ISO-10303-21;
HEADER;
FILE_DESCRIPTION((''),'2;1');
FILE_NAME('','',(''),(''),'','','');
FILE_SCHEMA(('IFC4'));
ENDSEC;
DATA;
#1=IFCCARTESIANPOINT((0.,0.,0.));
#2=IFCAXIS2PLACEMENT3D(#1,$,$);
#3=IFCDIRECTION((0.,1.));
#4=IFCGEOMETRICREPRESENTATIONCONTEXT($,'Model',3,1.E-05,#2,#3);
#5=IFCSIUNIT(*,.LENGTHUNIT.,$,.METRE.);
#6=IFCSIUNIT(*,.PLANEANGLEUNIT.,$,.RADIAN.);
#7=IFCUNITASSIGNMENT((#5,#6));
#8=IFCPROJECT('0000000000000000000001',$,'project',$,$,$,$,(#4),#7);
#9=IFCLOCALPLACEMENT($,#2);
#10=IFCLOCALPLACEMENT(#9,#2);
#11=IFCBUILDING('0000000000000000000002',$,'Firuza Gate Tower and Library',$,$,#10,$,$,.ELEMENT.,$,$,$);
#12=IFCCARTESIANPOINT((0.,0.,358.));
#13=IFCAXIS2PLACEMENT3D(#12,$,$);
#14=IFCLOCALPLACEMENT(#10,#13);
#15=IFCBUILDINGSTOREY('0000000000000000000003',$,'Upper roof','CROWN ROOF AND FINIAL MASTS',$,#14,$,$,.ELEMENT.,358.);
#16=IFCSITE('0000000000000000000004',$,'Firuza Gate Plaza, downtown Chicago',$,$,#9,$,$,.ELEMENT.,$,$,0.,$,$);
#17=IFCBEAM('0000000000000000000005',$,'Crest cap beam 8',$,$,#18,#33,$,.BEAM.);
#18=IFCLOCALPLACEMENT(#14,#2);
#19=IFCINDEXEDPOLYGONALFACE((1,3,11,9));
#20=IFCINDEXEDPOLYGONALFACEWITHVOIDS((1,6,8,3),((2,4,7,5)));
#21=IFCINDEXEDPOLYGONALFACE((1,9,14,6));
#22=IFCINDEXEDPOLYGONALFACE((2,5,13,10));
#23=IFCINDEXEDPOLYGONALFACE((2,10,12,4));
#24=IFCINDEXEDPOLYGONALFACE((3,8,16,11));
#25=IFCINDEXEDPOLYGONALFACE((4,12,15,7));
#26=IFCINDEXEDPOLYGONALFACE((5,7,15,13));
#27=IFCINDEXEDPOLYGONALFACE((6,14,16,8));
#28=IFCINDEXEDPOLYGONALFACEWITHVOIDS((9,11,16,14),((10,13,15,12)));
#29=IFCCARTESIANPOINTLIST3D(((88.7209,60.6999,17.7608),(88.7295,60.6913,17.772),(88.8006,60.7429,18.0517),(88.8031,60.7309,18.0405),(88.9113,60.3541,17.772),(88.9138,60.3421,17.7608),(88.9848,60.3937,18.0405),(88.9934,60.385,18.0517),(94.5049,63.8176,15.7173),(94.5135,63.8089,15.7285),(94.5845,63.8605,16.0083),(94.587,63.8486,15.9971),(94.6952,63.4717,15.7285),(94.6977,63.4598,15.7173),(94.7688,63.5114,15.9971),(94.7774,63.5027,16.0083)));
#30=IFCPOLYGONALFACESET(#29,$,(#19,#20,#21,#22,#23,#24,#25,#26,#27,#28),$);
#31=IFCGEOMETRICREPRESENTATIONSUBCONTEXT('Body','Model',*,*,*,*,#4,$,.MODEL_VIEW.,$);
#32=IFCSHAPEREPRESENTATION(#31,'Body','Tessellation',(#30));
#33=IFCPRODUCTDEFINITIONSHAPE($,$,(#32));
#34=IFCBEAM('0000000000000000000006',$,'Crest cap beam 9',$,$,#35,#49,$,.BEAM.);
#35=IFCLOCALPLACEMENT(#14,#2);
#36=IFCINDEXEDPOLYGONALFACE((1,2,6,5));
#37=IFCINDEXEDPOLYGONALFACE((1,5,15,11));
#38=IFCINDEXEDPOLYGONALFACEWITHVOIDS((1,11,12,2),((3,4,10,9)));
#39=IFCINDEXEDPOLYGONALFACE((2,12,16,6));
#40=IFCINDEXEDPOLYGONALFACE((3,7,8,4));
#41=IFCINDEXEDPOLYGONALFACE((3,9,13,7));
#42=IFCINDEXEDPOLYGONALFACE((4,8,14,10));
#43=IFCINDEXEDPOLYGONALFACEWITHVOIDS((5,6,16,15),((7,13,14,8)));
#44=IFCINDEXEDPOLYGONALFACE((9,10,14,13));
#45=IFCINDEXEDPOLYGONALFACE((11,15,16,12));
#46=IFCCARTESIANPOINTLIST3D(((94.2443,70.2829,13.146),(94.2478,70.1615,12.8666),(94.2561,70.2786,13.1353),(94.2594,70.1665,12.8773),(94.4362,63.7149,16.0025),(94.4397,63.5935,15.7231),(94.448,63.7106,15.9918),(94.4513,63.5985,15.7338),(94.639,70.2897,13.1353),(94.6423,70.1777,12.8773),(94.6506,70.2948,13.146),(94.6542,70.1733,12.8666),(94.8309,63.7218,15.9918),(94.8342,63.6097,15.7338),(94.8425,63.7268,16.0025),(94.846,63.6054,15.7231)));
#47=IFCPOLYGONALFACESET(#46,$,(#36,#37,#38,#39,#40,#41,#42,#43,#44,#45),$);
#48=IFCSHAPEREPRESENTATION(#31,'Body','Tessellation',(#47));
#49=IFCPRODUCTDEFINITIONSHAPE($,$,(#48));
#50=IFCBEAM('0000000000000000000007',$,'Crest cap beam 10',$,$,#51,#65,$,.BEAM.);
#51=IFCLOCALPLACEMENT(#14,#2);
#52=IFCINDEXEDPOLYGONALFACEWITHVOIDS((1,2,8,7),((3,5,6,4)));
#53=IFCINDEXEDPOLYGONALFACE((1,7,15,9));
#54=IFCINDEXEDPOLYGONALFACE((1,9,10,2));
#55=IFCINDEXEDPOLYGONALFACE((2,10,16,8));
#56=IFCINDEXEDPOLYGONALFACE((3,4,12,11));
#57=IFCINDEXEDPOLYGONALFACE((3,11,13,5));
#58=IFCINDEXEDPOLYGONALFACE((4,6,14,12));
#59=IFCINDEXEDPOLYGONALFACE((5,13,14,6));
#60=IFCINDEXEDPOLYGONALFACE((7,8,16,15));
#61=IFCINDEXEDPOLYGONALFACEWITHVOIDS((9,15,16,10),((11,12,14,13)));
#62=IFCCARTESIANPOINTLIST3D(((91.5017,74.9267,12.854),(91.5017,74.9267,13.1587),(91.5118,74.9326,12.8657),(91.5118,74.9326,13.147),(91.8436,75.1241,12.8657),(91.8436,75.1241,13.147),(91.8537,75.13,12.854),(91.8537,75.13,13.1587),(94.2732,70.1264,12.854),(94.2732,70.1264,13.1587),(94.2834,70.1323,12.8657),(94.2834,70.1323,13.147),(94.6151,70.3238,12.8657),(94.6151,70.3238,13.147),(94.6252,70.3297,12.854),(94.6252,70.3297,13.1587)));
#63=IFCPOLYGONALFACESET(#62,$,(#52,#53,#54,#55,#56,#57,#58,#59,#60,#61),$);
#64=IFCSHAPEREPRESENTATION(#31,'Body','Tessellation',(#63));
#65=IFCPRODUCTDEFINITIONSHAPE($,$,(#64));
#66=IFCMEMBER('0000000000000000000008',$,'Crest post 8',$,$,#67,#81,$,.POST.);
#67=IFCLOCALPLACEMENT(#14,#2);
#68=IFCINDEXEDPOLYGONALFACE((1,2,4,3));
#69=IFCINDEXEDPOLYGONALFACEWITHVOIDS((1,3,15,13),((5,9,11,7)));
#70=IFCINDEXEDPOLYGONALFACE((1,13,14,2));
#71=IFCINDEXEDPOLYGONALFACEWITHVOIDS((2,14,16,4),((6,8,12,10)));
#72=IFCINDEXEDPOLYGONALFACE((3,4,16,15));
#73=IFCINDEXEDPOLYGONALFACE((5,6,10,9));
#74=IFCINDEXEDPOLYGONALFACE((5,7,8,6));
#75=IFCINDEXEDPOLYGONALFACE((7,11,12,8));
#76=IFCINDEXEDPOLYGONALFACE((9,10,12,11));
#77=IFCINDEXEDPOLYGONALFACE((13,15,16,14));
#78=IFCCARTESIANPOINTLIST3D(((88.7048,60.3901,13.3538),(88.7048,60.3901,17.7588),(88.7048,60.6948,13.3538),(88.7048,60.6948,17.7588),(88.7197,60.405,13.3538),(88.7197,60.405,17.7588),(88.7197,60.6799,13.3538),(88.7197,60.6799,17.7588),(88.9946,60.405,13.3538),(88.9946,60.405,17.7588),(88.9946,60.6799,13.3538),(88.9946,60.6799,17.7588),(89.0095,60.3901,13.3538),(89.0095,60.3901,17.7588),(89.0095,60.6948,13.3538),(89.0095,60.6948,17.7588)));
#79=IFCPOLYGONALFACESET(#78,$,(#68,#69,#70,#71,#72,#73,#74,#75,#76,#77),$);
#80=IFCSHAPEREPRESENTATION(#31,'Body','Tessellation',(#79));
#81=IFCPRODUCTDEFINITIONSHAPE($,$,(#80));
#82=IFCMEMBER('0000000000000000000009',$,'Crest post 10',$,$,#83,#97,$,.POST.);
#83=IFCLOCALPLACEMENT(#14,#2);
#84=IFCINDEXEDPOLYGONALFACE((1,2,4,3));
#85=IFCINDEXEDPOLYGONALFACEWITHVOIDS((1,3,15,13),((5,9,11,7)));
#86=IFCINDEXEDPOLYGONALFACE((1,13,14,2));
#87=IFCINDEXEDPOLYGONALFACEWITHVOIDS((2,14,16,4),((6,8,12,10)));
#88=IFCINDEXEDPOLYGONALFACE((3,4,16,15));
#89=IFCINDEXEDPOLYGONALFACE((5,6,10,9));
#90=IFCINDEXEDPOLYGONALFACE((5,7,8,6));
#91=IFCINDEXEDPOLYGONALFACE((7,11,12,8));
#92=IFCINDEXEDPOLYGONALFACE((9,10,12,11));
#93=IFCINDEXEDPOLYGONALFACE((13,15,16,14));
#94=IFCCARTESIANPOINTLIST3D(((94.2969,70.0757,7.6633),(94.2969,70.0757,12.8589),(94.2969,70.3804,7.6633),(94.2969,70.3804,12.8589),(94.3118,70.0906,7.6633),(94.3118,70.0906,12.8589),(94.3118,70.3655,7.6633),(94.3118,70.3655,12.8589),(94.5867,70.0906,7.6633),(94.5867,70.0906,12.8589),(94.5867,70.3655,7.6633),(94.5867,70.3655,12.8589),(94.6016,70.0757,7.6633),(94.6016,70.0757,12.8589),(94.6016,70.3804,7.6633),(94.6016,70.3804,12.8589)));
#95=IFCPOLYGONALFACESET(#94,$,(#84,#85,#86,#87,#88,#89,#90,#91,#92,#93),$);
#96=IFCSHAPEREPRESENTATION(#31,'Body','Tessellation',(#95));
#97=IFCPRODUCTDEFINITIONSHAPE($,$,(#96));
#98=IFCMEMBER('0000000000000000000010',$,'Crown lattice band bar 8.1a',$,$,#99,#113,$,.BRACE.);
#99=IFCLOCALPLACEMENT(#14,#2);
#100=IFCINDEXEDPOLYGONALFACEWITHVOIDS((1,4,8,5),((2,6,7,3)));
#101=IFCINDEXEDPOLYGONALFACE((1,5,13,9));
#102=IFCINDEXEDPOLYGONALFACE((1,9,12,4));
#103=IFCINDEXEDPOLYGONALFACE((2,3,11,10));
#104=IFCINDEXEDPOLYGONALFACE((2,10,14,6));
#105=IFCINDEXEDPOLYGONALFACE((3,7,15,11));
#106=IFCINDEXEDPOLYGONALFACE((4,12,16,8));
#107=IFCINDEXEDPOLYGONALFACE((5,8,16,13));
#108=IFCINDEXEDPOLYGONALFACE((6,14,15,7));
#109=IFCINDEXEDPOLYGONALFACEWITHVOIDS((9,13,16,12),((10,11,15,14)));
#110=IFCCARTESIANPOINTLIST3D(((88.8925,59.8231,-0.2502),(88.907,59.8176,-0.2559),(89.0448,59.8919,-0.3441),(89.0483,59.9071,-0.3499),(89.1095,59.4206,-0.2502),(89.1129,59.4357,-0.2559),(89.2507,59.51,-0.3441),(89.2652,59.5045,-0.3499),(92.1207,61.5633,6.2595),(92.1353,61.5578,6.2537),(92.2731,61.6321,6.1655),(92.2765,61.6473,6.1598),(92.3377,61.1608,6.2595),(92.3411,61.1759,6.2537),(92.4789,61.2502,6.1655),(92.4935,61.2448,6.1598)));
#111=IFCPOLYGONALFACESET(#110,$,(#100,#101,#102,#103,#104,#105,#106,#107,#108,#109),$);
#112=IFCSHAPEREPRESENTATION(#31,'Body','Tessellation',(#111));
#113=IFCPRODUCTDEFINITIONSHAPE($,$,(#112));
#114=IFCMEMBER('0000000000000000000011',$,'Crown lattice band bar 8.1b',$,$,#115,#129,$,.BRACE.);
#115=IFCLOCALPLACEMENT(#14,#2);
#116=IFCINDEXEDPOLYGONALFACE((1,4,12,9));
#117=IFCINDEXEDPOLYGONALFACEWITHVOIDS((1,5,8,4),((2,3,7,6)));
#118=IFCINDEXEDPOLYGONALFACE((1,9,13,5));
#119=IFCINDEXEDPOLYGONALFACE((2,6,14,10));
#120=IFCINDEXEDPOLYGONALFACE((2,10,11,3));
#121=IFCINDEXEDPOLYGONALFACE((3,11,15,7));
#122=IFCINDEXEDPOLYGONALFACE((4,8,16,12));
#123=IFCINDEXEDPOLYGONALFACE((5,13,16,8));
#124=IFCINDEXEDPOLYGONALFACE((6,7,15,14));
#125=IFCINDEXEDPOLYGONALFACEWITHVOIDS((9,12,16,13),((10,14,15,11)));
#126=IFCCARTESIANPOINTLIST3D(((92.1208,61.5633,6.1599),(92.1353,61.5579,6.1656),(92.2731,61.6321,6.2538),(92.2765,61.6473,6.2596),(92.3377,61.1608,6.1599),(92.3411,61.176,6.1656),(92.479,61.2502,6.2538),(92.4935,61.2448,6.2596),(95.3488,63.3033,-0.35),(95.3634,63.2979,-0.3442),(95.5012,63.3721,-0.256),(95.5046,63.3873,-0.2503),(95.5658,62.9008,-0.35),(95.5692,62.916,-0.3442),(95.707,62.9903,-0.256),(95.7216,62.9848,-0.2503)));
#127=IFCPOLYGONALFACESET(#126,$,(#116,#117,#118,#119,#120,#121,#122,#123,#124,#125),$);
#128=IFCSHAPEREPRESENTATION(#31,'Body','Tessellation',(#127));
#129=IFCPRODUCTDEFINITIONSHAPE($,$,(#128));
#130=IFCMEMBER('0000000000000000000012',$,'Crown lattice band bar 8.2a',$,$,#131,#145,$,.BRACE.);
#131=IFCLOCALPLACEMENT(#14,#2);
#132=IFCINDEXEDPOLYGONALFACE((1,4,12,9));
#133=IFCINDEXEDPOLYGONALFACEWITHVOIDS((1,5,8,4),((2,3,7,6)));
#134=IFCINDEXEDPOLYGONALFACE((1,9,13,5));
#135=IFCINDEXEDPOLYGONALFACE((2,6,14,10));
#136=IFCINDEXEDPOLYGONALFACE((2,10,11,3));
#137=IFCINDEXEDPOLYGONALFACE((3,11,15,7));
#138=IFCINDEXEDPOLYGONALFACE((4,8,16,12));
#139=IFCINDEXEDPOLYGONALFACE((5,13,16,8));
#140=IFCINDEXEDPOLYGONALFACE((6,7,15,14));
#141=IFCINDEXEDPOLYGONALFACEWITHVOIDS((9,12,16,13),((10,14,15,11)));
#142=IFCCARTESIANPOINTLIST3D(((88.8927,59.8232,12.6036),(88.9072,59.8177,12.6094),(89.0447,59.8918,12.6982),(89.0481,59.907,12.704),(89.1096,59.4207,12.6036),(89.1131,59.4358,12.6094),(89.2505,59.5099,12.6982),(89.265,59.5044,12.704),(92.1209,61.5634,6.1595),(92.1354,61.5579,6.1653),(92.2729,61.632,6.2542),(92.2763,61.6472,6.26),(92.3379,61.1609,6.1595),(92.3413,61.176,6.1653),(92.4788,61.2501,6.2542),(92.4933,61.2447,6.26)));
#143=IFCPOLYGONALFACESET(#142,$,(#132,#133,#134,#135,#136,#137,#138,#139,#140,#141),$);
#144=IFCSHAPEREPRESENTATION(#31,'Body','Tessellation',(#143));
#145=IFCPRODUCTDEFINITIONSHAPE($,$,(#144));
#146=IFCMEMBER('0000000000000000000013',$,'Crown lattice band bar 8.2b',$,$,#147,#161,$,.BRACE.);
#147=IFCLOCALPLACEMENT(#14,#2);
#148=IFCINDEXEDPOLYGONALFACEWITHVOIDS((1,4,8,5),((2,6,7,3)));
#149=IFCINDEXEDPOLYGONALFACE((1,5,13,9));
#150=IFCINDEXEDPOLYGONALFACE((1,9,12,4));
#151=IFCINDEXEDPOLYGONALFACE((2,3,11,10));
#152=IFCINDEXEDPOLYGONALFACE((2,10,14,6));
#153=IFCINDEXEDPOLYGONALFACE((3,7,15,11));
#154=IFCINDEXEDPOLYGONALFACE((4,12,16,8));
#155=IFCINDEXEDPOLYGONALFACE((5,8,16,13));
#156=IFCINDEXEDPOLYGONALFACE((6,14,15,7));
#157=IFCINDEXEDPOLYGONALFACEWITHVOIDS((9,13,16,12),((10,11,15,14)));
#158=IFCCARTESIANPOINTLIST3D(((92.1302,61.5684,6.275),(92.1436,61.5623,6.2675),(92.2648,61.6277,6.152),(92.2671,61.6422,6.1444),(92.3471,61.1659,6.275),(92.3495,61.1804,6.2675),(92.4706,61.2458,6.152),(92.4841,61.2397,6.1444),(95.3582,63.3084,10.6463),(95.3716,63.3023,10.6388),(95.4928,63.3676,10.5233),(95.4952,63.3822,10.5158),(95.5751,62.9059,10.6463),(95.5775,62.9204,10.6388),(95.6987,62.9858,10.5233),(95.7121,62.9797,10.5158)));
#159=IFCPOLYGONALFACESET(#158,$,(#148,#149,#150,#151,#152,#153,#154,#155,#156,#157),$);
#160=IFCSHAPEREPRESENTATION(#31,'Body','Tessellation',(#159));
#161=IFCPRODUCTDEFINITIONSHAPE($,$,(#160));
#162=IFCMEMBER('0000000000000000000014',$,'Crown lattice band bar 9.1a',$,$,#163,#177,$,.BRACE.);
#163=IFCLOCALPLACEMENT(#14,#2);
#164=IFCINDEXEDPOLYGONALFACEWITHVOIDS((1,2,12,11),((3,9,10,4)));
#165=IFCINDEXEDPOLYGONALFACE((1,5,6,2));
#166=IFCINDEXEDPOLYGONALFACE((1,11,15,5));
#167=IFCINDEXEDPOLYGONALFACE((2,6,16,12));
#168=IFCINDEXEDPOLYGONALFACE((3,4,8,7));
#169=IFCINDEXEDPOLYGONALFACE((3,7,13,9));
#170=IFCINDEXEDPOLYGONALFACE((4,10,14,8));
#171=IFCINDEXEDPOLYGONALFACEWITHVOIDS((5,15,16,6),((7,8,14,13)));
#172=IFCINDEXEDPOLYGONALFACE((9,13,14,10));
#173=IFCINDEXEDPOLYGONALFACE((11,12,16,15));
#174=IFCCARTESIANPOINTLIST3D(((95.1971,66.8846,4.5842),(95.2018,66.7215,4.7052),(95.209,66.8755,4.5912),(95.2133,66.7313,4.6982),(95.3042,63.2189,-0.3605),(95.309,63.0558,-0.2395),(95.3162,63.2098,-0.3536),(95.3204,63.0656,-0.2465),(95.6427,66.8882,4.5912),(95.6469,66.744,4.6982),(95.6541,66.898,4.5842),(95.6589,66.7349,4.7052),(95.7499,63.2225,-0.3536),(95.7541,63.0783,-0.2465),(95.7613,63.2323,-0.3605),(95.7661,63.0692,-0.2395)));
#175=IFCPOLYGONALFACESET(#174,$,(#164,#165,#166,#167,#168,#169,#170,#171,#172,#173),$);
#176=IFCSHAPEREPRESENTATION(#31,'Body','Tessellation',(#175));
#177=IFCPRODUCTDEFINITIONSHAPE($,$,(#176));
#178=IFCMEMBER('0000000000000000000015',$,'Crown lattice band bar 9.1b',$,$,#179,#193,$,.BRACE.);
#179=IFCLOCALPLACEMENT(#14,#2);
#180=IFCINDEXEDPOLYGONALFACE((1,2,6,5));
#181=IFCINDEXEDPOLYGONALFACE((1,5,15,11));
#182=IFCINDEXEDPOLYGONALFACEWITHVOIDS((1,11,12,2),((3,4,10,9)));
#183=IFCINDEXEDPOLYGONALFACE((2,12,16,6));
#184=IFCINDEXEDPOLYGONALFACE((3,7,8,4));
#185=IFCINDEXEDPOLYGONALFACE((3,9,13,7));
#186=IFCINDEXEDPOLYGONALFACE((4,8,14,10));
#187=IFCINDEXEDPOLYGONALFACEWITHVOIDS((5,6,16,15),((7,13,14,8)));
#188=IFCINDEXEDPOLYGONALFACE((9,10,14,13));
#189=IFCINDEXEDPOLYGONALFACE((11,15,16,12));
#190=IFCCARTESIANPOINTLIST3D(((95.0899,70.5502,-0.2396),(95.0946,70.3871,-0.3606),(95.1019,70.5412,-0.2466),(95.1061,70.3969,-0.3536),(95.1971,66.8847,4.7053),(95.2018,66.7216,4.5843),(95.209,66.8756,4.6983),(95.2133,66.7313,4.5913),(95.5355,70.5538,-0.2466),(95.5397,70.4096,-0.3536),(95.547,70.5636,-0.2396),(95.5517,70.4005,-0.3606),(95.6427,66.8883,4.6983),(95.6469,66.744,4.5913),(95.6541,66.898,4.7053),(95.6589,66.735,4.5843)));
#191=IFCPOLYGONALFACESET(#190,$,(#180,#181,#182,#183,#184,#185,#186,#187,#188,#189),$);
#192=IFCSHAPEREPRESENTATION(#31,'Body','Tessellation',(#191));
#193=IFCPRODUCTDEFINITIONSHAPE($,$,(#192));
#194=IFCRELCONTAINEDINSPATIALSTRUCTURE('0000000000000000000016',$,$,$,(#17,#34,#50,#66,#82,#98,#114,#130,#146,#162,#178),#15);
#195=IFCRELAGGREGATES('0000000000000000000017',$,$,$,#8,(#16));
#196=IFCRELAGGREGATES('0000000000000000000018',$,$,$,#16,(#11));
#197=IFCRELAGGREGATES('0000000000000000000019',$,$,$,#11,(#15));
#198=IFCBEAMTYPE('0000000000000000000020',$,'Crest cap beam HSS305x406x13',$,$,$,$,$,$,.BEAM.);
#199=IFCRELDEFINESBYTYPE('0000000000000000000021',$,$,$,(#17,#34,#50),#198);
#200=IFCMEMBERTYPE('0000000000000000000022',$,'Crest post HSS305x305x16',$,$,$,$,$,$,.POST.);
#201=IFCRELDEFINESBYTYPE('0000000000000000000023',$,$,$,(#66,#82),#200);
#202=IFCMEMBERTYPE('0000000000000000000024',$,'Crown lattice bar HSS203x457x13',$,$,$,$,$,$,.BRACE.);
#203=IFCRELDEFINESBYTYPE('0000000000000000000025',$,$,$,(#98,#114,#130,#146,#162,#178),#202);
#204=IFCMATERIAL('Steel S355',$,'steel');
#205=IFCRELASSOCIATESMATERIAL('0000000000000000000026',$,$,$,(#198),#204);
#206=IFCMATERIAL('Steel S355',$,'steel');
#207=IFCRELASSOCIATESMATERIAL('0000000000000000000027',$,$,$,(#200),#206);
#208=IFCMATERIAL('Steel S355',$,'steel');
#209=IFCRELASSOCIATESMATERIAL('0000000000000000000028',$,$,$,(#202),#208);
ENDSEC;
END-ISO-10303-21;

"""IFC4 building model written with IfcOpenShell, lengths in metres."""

from ifc_helpers import new_model, si_unit, direction, frame, origin, origin_2d, place, context, subcontext, project, spatial, hollow_rectangle, extrude, material, material_profile, profile_set, type_object, element, save


model = new_model("IFC4")

# Units and contexts
model_context = context("Model", 3, precision=1e-05, world=origin(), true_north=direction((0.0, 1.0)))
body_context = subcontext(model_context, "Body", "Model", "MODEL_VIEW")
ifc_project = project(units=[si_unit("LENGTHUNIT", "METRE"), si_unit("PLANEANGLEUNIT", "RADIAN")], contexts=[model_context])

# Site, building, storey
site_placement = place(None, origin())
site = spatial("IfcSite", under=ifc_project, at=site_placement, Name="Firuza Gate Plaza, downtown Chicago", CompositionType="ELEMENT", RefElevation=0.0)
building_placement = place(site_placement, origin())
building = spatial("IfcBuilding", under=site, at=building_placement, Name="Firuza Gate Tower and Library", CompositionType="ELEMENT")
storey_placement = place(building_placement, frame((0.0, 0.0, 358.0)))
storey = spatial("IfcBuildingStorey", under=building, at=storey_placement, Name="Upper roof", Description="CROWN ROOF AND FINIAL MASTS", CompositionType="ELEMENT", Elevation=358.0)

# Beams
ifc_material_1 = material(Name="Steel S355", Category="steel")
ifc_material_profile_1 = material_profile(ifc_material_1, hollow_rectangle(XDim=0.4065, YDim=0.3047, WallThickness=0.0117, at=origin_2d()))
ifc_profile_set_1 = profile_set([ifc_material_profile_1], Name="Steel S355")
beam_type_1 = type_object("IfcBeamType", Name="Crest cap beam HSS305x406x13", PredefinedType="BEAM", material=ifc_profile_set_1)
beam_1_placement = place(storey_placement, frame((88.8572, 60.5425, 17.9062), z_axis=(0.840554, 0.453078, -0.296967), x_axis=(-0.474483, 0.880265, 0.0)))
element("IfcBeam", 1, at=beam_1_placement, inside=storey, type_object=beam_type_1, Name="Crest cap beam 8", PredefinedType="BEAM", context=body_context, shape_type="SweptSolid", body=[
    extrude(hollow_rectangle(XDim=0.4065, YDim=0.3047, WallThickness=0.0117, at=origin_2d()), origin(), (0.0, 0.0, 1.0), 6.8811),
])
beam_2_placement = place(storey_placement, frame((94.6411, 63.6602, 15.8628), z_axis=(-0.026783, 0.916698, -0.398683), x_axis=(-0.999573, -0.029205, 0.0)))
element("IfcBeam", 2, at=beam_2_placement, inside=storey, type_object=beam_type_1, Name="Crest cap beam 9", PredefinedType="BEAM", context=body_context, shape_type="SweptSolid", body=[
    extrude(hollow_rectangle(XDim=0.4065, YDim=0.3047, WallThickness=0.0117, at=origin_2d()), origin(), (0.0, 0.0, 1.0), 7.1648),
])
beam_3_placement = place(storey_placement, frame((94.4492, 70.228, 13.0063), z_axis=(-0.500005, 0.866023, 0.0), x_axis=(-0.866023, -0.500005, 0.0)))
element("IfcBeam", 3, at=beam_3_placement, inside=storey, type_object=beam_type_1, Name="Crest cap beam 10", PredefinedType="BEAM", context=body_context, shape_type="SweptSolid", body=[
    extrude(hollow_rectangle(XDim=0.4065, YDim=0.3047, WallThickness=0.0117, at=origin_2d()), origin(), (0.0, 0.0, 1.0), 5.543),
])

# Members
ifc_material_2 = material(Name="Steel S355", Category="steel")
ifc_material_profile_2 = material_profile(ifc_material_2, hollow_rectangle(XDim=0.3047, YDim=0.3047, WallThickness=0.0149, at=origin_2d()))
ifc_profile_set_2 = profile_set([ifc_material_profile_2], Name="Steel S355")
member_type_1 = type_object("IfcMemberType", Name="Crest post HSS305x305x16", PredefinedType="POST", material=ifc_profile_set_2)
member_1_placement = place(storey_placement, frame((88.8572, 60.5425, 13.3538), z_axis=(0.0, 0.0, 1.0), x_axis=(1.0, 0.0, 0.0)))
element("IfcMember", 4, at=member_1_placement, inside=storey, type_object=member_type_1, Name="Crest post 8", PredefinedType="POST", context=body_context, shape_type="SweptSolid", body=[
    extrude(hollow_rectangle(XDim=0.3047, YDim=0.3047, WallThickness=0.0149, at=origin_2d()), origin(), (0.0, 0.0, 1.0), 4.405),
])
member_2_placement = place(storey_placement, frame((94.4492, 70.228, 7.6633), z_axis=(0.0, 0.0, 1.0), x_axis=(1.0, 0.0, 0.0)))
element("IfcMember", 5, at=member_2_placement, inside=storey, type_object=member_type_1, Name="Crest post 10", PredefinedType="POST", context=body_context, shape_type="SweptSolid", body=[
    extrude(hollow_rectangle(XDim=0.3047, YDim=0.3047, WallThickness=0.0149, at=origin_2d()), origin(), (0.0, 0.0, 1.0), 5.1956),
])
ifc_material_3 = material(Name="Steel S355", Category="steel")
ifc_material_profile_3 = material_profile(ifc_material_3, hollow_rectangle(XDim=0.4573, YDim=0.2031, WallThickness=0.0117, at=origin_2d()))
ifc_profile_set_3 = profile_set([ifc_material_profile_3], Name="Steel S355")
member_type_2 = type_object("IfcMemberType", Name="Crown lattice bar HSS203x457x13", PredefinedType="BRACE", material=ifc_profile_set_3)
for number, where, z_axis, x_axis, name in (
    (6, (89.0789, 59.6638, -0.3), (0.432063, 0.232908, 0.871249), (-0.474509, 0.880251, 0.0), "Crown lattice band bar 8.1a"),
    (7, (92.3071, 61.4041, 6.2097), (0.43204, 0.232881, -0.871268), (-0.474485, 0.880264, 0.0), "Crown lattice band bar 8.1b"),
):
    element("IfcMember", number, at=place(storey_placement, frame(where, z_axis=z_axis, x_axis=x_axis)), inside=storey, type_object=member_type_2, Name=name, PredefinedType="BRACE", context=body_context, shape_type="SweptSolid", body=[
        extrude(hollow_rectangle(XDim=0.4573, YDim=0.2031, WallThickness=0.0117, at=origin_2d()), origin(), (0.0, 0.0, 1.0), 7.4717),
    ])
member_3_placement = place(storey_placement, frame((89.0789, 59.6638, 12.6538), z_axis=(0.435393, 0.234703, -0.869107), x_axis=(-0.474509, 0.880251, 0.0)))
element("IfcMember", 8, at=member_3_placement, inside=storey, type_object=member_type_2, Name="Crown lattice band bar 8.2a", PredefinedType="BRACE", context=body_context, shape_type="SweptSolid", body=[
    extrude(hollow_rectangle(XDim=0.4573, YDim=0.2031, WallThickness=0.0117, at=origin_2d()), origin(), (0.0, 0.0, 1.0), 7.4146),
])
member_4_placement = place(storey_placement, frame((92.3071, 61.4041, 6.2097), z_axis=(0.565743, 0.30495, 0.76612), x_axis=(-0.474485, 0.880264, 0.0)))
element("IfcMember", 9, at=member_4_placement, inside=storey, type_object=member_type_2, Name="Crown lattice band bar 8.2b", PredefinedType="BRACE", context=body_context, shape_type="SweptSolid", body=[
    extrude(hollow_rectangle(XDim=0.4573, YDim=0.2031, WallThickness=0.0117, at=origin_2d()), origin(), (0.0, 0.0, 1.0), 5.7058),
])
for number, where, z_axis, x_axis, name in (
    (10, (95.5352, 63.144, -0.3), (-0.017409, 0.595446, 0.803207), (-0.999573, -0.029225, 0.0), "Crown lattice band bar 9.1a"),
    (11, (95.428, 66.8098, 4.6448), (-0.01741, 0.59542, -0.803226), (-0.999573, -0.029227, 0.0), "Crown lattice band bar 9.1b"),
):
    element("IfcMember", number, at=place(storey_placement, frame(where, z_axis=z_axis, x_axis=x_axis)), inside=storey, type_object=member_type_2, Name=name, PredefinedType="BRACE", context=body_context, shape_type="SweptSolid", body=[
        extrude(hollow_rectangle(XDim=0.4573, YDim=0.2031, WallThickness=0.0117, at=origin_2d()), origin(), (0.0, 0.0, 1.0), 6.1562),
    ])

save(model, "model.ifc")
